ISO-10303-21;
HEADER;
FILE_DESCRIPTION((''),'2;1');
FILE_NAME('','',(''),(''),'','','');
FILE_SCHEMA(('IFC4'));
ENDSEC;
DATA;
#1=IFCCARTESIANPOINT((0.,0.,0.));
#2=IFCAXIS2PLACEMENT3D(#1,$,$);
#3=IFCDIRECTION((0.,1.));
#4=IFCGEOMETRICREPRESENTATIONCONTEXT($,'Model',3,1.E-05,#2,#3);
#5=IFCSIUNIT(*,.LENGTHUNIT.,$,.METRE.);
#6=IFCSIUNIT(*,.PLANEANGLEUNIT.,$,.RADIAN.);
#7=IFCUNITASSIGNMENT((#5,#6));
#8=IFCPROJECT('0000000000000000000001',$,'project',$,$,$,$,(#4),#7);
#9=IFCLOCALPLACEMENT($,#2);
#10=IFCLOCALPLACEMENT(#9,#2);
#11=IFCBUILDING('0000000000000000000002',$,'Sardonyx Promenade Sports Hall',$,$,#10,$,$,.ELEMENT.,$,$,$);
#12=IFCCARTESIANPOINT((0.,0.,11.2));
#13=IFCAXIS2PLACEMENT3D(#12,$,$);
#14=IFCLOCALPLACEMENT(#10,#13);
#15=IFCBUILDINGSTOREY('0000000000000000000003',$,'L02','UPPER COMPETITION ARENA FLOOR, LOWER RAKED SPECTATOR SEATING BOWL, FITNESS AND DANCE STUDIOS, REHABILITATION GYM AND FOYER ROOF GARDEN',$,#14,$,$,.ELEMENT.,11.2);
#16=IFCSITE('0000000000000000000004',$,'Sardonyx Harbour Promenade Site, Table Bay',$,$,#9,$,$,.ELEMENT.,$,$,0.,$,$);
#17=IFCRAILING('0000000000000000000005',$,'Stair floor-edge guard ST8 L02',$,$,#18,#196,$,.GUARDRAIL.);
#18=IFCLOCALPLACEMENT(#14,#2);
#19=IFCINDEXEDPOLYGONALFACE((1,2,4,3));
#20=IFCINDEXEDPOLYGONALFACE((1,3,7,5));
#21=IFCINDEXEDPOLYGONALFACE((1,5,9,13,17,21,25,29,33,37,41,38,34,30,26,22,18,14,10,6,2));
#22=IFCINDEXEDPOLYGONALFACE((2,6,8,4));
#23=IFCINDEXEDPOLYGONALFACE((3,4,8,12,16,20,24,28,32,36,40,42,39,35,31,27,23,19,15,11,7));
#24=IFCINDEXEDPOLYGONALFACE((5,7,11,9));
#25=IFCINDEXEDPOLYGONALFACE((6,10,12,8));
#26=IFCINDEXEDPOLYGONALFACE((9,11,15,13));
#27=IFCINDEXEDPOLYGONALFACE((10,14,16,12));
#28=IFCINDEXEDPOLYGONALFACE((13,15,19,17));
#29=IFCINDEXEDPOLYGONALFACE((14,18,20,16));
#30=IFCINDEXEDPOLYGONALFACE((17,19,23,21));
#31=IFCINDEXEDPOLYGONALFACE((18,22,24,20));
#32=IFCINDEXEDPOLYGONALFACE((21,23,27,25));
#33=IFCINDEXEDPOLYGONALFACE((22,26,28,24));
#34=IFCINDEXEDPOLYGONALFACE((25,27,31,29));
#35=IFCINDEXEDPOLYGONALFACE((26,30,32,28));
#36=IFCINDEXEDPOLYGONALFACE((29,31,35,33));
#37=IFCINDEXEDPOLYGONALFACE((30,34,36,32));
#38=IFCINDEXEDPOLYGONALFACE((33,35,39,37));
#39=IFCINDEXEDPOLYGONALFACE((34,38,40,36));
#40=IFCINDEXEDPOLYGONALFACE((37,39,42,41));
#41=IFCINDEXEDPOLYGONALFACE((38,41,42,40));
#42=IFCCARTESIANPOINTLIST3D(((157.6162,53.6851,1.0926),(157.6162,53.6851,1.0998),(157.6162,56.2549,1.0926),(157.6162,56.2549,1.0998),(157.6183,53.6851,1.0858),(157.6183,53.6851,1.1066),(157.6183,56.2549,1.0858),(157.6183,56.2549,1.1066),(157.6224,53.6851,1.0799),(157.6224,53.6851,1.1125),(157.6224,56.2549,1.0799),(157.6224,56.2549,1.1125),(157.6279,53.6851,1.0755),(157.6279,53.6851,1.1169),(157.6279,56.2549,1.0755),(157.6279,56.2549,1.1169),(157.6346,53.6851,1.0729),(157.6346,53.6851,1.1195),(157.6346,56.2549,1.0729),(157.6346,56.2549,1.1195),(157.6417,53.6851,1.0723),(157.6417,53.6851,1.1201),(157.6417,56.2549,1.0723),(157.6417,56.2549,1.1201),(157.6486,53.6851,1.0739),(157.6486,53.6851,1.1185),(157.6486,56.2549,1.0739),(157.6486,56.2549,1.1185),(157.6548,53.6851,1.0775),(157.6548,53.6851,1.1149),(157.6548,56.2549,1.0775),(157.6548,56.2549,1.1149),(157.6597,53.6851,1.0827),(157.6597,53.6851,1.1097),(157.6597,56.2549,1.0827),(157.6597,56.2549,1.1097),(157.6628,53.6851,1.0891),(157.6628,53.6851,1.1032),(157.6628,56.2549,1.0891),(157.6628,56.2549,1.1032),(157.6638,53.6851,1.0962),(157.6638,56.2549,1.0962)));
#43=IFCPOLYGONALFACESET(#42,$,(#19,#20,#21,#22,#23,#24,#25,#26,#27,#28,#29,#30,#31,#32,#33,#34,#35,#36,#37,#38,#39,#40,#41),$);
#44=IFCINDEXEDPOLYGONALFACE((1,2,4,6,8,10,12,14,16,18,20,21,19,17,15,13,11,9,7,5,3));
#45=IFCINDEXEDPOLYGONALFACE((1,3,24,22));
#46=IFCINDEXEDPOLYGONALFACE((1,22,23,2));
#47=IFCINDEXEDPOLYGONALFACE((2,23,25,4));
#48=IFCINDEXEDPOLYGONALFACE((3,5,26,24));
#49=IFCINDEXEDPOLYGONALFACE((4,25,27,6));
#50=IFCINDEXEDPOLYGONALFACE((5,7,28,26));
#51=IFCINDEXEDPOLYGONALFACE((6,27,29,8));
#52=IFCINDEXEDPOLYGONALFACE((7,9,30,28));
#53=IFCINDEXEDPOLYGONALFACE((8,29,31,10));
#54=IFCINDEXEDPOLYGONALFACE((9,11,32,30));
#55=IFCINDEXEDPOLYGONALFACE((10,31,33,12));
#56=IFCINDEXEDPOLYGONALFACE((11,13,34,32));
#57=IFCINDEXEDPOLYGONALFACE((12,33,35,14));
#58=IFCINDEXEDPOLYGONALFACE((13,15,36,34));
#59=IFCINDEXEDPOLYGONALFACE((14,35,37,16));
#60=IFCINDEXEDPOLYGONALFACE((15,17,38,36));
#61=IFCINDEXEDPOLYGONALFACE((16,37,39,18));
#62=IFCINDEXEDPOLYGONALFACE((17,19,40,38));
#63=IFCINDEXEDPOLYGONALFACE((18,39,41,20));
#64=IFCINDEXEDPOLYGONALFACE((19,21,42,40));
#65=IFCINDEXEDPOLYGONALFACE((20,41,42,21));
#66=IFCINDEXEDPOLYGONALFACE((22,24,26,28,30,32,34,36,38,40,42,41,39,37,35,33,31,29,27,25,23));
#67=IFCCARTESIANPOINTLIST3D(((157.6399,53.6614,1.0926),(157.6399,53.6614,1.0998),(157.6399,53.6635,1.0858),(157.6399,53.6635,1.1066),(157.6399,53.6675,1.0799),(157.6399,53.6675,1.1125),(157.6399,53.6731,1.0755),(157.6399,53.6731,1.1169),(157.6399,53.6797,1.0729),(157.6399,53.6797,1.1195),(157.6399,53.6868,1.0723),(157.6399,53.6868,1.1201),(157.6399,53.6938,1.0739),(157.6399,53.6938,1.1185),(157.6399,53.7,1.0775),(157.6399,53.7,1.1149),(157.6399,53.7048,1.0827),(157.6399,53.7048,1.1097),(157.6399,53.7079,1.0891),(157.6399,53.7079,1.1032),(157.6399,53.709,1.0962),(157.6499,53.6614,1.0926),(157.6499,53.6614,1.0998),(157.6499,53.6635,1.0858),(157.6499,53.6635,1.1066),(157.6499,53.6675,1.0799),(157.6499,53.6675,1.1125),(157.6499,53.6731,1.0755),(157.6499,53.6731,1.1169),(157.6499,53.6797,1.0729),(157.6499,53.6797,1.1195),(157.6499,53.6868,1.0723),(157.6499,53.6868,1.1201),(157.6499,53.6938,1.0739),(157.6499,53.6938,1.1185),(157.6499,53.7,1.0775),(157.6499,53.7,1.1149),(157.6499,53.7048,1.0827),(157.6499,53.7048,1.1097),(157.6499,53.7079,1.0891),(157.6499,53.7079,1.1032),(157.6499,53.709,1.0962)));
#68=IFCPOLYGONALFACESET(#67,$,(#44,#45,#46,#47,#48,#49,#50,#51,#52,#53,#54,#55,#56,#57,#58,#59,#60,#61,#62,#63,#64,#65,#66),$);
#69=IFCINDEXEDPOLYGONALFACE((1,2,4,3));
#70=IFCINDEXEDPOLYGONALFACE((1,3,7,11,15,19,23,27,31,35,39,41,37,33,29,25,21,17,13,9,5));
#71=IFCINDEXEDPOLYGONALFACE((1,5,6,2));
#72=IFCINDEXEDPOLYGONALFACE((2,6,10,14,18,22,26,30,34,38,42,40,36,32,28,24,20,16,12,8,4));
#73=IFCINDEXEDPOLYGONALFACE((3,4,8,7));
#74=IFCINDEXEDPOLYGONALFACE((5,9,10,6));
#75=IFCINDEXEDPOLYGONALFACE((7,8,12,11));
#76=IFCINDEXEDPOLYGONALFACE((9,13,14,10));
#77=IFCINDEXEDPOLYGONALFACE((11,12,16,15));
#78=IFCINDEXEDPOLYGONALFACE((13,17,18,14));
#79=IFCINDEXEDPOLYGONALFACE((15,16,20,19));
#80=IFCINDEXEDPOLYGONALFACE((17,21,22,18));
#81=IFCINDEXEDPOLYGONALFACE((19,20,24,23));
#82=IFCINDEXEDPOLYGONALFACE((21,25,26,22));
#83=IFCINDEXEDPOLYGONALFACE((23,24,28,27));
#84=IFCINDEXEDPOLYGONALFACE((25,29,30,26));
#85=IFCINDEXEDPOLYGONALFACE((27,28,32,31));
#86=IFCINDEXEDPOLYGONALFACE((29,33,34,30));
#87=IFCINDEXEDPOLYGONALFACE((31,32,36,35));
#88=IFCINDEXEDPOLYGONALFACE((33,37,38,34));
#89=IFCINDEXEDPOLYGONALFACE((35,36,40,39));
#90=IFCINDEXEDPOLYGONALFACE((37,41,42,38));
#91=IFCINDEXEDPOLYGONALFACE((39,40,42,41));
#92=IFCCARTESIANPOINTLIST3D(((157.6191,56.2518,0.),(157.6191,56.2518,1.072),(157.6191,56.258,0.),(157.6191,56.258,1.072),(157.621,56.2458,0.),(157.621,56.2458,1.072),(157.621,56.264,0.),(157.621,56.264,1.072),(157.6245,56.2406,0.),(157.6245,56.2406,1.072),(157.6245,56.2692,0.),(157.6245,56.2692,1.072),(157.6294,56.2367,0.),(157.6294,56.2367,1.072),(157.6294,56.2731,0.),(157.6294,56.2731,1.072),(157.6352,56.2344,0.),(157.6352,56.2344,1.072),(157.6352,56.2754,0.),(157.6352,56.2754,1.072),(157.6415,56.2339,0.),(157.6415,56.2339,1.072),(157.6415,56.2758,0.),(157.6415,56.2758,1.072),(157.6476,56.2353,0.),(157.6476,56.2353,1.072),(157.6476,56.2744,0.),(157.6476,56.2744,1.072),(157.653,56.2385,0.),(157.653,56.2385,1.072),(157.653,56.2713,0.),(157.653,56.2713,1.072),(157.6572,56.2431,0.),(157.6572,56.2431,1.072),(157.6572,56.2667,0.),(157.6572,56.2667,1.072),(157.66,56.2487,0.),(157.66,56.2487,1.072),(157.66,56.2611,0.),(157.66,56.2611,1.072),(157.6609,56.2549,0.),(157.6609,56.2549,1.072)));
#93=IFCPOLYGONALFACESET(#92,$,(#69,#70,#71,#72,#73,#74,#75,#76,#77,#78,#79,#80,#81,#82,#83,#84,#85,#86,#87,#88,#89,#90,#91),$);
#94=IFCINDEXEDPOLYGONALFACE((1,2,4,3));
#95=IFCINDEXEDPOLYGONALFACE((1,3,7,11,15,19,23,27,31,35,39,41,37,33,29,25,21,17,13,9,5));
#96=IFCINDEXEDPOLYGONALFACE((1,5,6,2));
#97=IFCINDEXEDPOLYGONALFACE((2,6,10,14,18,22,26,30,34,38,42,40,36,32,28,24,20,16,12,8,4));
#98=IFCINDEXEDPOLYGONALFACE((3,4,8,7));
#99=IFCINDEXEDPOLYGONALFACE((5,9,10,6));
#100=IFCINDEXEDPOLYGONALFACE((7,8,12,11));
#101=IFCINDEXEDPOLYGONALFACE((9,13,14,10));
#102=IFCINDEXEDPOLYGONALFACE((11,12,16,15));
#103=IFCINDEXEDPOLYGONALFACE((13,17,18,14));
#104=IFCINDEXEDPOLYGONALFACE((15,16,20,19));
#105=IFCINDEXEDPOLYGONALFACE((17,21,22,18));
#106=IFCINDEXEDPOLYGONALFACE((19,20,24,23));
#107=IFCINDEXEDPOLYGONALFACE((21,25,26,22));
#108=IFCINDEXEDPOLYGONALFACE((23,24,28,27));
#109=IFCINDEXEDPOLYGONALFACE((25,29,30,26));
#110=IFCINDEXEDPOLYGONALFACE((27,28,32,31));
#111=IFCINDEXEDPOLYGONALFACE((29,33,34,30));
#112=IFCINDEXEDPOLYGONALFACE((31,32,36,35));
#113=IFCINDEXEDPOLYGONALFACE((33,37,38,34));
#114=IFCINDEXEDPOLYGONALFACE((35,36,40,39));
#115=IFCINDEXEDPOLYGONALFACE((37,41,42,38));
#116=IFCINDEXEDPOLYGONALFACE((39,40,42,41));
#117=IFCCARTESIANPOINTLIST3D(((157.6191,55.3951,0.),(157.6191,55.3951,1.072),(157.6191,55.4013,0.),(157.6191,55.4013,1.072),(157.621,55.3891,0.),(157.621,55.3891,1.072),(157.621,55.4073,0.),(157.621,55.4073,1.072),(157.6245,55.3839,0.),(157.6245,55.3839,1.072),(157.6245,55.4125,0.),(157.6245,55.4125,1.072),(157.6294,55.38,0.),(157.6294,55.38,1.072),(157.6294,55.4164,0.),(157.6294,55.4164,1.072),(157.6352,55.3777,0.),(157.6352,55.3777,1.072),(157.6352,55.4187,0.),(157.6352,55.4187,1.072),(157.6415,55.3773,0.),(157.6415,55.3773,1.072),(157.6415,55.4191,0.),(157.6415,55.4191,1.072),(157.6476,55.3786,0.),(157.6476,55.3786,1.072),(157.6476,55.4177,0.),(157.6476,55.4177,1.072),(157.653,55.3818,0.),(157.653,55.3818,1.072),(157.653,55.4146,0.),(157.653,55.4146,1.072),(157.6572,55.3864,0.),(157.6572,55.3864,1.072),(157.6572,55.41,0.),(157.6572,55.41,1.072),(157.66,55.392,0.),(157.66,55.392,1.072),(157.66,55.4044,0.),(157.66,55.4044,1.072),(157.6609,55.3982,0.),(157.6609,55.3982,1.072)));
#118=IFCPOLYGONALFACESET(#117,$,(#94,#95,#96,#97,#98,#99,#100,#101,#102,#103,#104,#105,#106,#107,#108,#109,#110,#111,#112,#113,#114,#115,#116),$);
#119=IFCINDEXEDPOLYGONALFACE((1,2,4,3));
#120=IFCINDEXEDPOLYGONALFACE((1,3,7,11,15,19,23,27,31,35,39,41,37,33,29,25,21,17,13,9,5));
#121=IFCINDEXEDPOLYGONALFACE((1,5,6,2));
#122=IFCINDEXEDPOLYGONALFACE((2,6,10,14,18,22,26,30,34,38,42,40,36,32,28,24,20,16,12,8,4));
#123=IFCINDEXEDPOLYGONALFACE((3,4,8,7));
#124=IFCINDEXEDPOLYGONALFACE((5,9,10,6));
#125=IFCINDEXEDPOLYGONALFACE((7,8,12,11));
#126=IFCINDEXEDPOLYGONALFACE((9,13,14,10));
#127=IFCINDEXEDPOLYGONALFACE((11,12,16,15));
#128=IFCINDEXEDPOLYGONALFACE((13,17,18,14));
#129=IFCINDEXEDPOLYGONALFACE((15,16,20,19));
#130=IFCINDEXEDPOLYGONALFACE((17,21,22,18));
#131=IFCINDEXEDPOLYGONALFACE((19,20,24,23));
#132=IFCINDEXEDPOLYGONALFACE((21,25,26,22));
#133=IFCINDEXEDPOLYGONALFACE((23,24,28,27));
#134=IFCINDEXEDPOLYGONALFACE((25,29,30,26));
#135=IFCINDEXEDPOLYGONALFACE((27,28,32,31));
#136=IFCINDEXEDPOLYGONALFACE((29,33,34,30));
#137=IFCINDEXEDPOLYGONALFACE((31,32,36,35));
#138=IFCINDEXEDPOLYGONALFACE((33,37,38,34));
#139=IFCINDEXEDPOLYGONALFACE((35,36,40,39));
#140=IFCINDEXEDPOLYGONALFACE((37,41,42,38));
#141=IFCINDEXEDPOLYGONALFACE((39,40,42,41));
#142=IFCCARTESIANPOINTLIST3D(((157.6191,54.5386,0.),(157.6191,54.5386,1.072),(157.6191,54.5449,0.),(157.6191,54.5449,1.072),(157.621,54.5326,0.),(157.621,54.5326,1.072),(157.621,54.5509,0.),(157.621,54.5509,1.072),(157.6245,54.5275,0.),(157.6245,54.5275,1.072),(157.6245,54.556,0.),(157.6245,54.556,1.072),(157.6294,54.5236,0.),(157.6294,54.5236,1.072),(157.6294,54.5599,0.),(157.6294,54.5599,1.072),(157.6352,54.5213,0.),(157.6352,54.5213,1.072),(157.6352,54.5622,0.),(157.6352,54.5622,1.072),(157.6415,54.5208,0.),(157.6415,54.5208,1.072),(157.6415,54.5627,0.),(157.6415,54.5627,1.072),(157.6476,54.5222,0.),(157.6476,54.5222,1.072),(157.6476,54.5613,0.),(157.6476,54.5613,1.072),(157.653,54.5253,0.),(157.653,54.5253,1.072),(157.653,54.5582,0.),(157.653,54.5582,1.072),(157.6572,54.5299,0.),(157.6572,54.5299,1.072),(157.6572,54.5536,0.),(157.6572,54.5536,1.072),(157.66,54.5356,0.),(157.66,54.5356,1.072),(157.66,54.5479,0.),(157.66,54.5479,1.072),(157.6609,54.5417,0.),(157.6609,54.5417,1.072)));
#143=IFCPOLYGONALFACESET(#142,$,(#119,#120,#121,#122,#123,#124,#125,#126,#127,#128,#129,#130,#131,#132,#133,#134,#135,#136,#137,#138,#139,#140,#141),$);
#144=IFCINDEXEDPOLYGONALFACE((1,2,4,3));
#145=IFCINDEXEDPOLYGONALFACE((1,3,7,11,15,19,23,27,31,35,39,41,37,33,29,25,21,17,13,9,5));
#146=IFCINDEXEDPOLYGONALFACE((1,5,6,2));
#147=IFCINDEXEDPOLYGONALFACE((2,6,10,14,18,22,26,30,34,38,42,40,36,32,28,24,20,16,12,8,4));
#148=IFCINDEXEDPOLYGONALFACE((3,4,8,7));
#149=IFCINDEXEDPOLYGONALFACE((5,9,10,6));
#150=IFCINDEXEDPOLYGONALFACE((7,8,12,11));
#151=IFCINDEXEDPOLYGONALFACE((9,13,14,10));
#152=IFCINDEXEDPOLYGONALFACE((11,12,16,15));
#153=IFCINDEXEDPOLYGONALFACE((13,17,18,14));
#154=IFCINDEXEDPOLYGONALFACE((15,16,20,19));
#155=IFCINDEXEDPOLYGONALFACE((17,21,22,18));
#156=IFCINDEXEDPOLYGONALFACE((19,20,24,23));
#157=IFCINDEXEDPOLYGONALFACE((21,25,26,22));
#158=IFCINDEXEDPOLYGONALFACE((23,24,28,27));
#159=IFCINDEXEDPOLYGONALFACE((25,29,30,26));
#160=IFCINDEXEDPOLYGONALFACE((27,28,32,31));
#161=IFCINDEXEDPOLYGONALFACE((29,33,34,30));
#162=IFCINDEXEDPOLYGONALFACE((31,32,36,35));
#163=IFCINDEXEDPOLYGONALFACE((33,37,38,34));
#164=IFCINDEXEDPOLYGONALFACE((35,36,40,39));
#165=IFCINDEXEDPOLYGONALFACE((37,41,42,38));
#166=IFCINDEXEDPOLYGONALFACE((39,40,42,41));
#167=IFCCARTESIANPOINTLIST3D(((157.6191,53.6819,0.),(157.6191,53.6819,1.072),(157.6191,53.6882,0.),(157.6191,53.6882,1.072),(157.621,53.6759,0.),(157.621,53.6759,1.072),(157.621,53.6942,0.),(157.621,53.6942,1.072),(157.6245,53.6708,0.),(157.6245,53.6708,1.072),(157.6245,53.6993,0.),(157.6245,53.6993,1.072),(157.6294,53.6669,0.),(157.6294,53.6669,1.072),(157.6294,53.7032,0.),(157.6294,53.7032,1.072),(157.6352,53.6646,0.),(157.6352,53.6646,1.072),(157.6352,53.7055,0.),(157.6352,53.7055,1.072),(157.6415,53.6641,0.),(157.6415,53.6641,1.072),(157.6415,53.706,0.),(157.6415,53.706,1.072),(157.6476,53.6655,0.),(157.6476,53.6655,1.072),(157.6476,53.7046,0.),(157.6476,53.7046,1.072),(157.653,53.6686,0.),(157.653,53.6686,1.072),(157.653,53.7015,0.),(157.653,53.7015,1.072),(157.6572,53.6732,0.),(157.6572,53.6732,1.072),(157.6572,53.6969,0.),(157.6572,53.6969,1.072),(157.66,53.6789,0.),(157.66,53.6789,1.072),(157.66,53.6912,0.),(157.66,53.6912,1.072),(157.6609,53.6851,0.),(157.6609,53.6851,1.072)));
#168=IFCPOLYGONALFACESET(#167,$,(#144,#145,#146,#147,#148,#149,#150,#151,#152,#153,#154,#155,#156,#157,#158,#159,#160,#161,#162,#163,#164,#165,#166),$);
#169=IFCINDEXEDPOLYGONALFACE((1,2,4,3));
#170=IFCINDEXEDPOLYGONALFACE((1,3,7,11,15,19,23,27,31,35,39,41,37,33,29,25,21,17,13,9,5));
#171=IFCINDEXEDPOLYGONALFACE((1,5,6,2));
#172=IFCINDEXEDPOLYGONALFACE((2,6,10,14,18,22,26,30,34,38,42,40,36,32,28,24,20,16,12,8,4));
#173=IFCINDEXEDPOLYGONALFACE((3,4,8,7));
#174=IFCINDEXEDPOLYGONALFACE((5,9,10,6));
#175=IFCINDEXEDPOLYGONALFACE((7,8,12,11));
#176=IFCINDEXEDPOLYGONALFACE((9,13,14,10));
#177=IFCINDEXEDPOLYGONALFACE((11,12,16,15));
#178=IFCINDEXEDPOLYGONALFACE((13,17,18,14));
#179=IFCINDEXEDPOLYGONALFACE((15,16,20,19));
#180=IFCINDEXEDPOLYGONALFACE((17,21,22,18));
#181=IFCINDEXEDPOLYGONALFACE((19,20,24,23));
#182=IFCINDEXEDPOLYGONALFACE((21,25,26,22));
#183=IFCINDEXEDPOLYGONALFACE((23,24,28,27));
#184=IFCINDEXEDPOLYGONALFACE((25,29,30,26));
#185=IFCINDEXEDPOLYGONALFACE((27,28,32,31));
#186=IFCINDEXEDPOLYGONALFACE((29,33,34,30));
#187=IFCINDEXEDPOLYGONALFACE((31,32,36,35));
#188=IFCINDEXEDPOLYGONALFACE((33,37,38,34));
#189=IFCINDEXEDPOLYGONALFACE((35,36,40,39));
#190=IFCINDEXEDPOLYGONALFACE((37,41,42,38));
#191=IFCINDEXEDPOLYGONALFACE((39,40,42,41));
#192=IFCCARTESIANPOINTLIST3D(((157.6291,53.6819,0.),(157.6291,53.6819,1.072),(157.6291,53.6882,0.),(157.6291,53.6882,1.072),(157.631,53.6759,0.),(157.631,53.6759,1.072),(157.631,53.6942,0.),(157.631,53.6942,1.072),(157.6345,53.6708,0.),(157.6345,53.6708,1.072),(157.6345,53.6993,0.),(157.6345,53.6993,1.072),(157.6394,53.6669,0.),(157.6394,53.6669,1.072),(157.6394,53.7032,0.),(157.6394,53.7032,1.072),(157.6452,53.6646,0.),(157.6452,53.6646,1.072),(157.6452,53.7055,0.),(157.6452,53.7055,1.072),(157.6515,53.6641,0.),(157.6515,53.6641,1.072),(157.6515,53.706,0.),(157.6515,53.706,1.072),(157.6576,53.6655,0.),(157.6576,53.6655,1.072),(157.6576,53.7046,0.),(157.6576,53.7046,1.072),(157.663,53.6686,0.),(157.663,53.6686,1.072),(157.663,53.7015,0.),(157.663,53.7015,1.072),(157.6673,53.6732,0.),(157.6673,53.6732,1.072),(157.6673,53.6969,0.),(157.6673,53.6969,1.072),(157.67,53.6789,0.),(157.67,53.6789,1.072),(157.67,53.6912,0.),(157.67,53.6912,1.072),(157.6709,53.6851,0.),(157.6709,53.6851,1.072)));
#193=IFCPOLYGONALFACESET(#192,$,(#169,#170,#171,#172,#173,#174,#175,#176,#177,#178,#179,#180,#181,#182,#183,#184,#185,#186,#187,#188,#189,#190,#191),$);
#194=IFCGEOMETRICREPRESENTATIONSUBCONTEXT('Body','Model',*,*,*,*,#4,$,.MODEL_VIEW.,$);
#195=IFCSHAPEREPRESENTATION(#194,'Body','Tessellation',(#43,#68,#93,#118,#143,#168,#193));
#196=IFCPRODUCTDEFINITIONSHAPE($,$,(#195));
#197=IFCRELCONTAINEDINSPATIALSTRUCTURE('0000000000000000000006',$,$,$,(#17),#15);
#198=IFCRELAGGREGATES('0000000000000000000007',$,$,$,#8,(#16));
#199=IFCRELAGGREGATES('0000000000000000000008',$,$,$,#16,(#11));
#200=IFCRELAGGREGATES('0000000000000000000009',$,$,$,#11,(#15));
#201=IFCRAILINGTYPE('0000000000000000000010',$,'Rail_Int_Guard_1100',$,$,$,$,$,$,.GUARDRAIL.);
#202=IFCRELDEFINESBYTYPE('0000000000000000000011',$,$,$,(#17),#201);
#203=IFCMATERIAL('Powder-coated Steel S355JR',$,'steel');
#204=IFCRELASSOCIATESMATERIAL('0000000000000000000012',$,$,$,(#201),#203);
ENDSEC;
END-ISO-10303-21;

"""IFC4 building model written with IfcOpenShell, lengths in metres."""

from ifc_helpers import new_model, si_unit, direction, frame, origin, origin_2d, place, context, subcontext, project, spatial, circle, extrude, material, type_object, element, save


model = new_model("IFC4")

# Units and contexts
model_context = context("Model", 3, precision=1e-05, world=origin(), true_north=direction((0.0, 1.0)))
body_context = subcontext(model_context, "Body", "Model", "MODEL_VIEW")
ifc_project = project(units=[si_unit("LENGTHUNIT", "METRE"), si_unit("PLANEANGLEUNIT", "RADIAN")], contexts=[model_context])

# Site, building, storey
site_placement = place(None, origin())
site = spatial("IfcSite", under=ifc_project, at=site_placement, Name="Sardonyx Harbour Promenade Site, Table Bay", CompositionType="ELEMENT", RefElevation=0.0)
building_placement = place(site_placement, origin())
building = spatial("IfcBuilding", under=site, at=building_placement, Name="Sardonyx Promenade Sports Hall", CompositionType="ELEMENT")
storey_placement = place(building_placement, frame((0.0, 0.0, 11.2)))
storey = spatial("IfcBuildingStorey", under=building, at=storey_placement, Name="L02", Description="UPPER COMPETITION ARENA FLOOR, LOWER RAKED SPECTATOR SEATING BOWL, FITNESS AND DANCE STUDIOS, REHABILITATION GYM AND FOYER ROOF GARDEN", CompositionType="ELEMENT", Elevation=11.2)

# Railing
ifc_material_1 = material(Name="Powder-coated Steel S355JR", Category="steel")
railing_type = type_object("IfcRailingType", Name="Rail_Int_Guard_1100", PredefinedType="GUARDRAIL", material=ifc_material_1)
railing_1_placement = place(storey_placement, frame((157.6399, 56.2549, 0.0)))
element("IfcRailing", 1, at=railing_1_placement, inside=storey, type_object=railing_type, Name="Stair floor-edge guard ST8 L02", PredefinedType="GUARDRAIL", context=body_context, shape_type="SweptSolid", body=[
    extrude(circle(Radius=0.0239, at=origin_2d()), frame((0.0, 0.0, 1.0962), z_axis=(0.0, -1.0, 0.0), x_axis=(1.0, 0.0, 0.0)), (0.0, 0.0, 1.0), 2.5698),
    extrude(circle(Radius=0.0239, at=origin_2d()), frame((0.0, -2.5698, 1.0962), z_axis=(1.0, 0.0, 0.0), x_axis=(0.0, 1.0, 0.0)), (0.0, 0.0, 1.0), 0.01),
    extrude(circle(Radius=0.021, at=origin_2d()), origin(), (0.0, 0.0, 1.0), 1.072),
    extrude(circle(Radius=0.021, at=origin_2d()), frame((0.0, -0.8567, 0.0)), (0.0, 0.0, 1.0), 1.072),
    extrude(circle(Radius=0.021, at=origin_2d()), frame((0.0, -1.7131, 0.0)), (0.0, 0.0, 1.0), 1.072),
    extrude(circle(Radius=0.021, at=origin_2d()), frame((0.0, -2.5698, 0.0)), (0.0, 0.0, 1.0), 1.072),
    extrude(circle(Radius=0.021, at=origin_2d()), frame((0.01, -2.5698, 0.0)), (0.0, 0.0, 1.0), 1.072),
])

save(model, "model.ifc")
